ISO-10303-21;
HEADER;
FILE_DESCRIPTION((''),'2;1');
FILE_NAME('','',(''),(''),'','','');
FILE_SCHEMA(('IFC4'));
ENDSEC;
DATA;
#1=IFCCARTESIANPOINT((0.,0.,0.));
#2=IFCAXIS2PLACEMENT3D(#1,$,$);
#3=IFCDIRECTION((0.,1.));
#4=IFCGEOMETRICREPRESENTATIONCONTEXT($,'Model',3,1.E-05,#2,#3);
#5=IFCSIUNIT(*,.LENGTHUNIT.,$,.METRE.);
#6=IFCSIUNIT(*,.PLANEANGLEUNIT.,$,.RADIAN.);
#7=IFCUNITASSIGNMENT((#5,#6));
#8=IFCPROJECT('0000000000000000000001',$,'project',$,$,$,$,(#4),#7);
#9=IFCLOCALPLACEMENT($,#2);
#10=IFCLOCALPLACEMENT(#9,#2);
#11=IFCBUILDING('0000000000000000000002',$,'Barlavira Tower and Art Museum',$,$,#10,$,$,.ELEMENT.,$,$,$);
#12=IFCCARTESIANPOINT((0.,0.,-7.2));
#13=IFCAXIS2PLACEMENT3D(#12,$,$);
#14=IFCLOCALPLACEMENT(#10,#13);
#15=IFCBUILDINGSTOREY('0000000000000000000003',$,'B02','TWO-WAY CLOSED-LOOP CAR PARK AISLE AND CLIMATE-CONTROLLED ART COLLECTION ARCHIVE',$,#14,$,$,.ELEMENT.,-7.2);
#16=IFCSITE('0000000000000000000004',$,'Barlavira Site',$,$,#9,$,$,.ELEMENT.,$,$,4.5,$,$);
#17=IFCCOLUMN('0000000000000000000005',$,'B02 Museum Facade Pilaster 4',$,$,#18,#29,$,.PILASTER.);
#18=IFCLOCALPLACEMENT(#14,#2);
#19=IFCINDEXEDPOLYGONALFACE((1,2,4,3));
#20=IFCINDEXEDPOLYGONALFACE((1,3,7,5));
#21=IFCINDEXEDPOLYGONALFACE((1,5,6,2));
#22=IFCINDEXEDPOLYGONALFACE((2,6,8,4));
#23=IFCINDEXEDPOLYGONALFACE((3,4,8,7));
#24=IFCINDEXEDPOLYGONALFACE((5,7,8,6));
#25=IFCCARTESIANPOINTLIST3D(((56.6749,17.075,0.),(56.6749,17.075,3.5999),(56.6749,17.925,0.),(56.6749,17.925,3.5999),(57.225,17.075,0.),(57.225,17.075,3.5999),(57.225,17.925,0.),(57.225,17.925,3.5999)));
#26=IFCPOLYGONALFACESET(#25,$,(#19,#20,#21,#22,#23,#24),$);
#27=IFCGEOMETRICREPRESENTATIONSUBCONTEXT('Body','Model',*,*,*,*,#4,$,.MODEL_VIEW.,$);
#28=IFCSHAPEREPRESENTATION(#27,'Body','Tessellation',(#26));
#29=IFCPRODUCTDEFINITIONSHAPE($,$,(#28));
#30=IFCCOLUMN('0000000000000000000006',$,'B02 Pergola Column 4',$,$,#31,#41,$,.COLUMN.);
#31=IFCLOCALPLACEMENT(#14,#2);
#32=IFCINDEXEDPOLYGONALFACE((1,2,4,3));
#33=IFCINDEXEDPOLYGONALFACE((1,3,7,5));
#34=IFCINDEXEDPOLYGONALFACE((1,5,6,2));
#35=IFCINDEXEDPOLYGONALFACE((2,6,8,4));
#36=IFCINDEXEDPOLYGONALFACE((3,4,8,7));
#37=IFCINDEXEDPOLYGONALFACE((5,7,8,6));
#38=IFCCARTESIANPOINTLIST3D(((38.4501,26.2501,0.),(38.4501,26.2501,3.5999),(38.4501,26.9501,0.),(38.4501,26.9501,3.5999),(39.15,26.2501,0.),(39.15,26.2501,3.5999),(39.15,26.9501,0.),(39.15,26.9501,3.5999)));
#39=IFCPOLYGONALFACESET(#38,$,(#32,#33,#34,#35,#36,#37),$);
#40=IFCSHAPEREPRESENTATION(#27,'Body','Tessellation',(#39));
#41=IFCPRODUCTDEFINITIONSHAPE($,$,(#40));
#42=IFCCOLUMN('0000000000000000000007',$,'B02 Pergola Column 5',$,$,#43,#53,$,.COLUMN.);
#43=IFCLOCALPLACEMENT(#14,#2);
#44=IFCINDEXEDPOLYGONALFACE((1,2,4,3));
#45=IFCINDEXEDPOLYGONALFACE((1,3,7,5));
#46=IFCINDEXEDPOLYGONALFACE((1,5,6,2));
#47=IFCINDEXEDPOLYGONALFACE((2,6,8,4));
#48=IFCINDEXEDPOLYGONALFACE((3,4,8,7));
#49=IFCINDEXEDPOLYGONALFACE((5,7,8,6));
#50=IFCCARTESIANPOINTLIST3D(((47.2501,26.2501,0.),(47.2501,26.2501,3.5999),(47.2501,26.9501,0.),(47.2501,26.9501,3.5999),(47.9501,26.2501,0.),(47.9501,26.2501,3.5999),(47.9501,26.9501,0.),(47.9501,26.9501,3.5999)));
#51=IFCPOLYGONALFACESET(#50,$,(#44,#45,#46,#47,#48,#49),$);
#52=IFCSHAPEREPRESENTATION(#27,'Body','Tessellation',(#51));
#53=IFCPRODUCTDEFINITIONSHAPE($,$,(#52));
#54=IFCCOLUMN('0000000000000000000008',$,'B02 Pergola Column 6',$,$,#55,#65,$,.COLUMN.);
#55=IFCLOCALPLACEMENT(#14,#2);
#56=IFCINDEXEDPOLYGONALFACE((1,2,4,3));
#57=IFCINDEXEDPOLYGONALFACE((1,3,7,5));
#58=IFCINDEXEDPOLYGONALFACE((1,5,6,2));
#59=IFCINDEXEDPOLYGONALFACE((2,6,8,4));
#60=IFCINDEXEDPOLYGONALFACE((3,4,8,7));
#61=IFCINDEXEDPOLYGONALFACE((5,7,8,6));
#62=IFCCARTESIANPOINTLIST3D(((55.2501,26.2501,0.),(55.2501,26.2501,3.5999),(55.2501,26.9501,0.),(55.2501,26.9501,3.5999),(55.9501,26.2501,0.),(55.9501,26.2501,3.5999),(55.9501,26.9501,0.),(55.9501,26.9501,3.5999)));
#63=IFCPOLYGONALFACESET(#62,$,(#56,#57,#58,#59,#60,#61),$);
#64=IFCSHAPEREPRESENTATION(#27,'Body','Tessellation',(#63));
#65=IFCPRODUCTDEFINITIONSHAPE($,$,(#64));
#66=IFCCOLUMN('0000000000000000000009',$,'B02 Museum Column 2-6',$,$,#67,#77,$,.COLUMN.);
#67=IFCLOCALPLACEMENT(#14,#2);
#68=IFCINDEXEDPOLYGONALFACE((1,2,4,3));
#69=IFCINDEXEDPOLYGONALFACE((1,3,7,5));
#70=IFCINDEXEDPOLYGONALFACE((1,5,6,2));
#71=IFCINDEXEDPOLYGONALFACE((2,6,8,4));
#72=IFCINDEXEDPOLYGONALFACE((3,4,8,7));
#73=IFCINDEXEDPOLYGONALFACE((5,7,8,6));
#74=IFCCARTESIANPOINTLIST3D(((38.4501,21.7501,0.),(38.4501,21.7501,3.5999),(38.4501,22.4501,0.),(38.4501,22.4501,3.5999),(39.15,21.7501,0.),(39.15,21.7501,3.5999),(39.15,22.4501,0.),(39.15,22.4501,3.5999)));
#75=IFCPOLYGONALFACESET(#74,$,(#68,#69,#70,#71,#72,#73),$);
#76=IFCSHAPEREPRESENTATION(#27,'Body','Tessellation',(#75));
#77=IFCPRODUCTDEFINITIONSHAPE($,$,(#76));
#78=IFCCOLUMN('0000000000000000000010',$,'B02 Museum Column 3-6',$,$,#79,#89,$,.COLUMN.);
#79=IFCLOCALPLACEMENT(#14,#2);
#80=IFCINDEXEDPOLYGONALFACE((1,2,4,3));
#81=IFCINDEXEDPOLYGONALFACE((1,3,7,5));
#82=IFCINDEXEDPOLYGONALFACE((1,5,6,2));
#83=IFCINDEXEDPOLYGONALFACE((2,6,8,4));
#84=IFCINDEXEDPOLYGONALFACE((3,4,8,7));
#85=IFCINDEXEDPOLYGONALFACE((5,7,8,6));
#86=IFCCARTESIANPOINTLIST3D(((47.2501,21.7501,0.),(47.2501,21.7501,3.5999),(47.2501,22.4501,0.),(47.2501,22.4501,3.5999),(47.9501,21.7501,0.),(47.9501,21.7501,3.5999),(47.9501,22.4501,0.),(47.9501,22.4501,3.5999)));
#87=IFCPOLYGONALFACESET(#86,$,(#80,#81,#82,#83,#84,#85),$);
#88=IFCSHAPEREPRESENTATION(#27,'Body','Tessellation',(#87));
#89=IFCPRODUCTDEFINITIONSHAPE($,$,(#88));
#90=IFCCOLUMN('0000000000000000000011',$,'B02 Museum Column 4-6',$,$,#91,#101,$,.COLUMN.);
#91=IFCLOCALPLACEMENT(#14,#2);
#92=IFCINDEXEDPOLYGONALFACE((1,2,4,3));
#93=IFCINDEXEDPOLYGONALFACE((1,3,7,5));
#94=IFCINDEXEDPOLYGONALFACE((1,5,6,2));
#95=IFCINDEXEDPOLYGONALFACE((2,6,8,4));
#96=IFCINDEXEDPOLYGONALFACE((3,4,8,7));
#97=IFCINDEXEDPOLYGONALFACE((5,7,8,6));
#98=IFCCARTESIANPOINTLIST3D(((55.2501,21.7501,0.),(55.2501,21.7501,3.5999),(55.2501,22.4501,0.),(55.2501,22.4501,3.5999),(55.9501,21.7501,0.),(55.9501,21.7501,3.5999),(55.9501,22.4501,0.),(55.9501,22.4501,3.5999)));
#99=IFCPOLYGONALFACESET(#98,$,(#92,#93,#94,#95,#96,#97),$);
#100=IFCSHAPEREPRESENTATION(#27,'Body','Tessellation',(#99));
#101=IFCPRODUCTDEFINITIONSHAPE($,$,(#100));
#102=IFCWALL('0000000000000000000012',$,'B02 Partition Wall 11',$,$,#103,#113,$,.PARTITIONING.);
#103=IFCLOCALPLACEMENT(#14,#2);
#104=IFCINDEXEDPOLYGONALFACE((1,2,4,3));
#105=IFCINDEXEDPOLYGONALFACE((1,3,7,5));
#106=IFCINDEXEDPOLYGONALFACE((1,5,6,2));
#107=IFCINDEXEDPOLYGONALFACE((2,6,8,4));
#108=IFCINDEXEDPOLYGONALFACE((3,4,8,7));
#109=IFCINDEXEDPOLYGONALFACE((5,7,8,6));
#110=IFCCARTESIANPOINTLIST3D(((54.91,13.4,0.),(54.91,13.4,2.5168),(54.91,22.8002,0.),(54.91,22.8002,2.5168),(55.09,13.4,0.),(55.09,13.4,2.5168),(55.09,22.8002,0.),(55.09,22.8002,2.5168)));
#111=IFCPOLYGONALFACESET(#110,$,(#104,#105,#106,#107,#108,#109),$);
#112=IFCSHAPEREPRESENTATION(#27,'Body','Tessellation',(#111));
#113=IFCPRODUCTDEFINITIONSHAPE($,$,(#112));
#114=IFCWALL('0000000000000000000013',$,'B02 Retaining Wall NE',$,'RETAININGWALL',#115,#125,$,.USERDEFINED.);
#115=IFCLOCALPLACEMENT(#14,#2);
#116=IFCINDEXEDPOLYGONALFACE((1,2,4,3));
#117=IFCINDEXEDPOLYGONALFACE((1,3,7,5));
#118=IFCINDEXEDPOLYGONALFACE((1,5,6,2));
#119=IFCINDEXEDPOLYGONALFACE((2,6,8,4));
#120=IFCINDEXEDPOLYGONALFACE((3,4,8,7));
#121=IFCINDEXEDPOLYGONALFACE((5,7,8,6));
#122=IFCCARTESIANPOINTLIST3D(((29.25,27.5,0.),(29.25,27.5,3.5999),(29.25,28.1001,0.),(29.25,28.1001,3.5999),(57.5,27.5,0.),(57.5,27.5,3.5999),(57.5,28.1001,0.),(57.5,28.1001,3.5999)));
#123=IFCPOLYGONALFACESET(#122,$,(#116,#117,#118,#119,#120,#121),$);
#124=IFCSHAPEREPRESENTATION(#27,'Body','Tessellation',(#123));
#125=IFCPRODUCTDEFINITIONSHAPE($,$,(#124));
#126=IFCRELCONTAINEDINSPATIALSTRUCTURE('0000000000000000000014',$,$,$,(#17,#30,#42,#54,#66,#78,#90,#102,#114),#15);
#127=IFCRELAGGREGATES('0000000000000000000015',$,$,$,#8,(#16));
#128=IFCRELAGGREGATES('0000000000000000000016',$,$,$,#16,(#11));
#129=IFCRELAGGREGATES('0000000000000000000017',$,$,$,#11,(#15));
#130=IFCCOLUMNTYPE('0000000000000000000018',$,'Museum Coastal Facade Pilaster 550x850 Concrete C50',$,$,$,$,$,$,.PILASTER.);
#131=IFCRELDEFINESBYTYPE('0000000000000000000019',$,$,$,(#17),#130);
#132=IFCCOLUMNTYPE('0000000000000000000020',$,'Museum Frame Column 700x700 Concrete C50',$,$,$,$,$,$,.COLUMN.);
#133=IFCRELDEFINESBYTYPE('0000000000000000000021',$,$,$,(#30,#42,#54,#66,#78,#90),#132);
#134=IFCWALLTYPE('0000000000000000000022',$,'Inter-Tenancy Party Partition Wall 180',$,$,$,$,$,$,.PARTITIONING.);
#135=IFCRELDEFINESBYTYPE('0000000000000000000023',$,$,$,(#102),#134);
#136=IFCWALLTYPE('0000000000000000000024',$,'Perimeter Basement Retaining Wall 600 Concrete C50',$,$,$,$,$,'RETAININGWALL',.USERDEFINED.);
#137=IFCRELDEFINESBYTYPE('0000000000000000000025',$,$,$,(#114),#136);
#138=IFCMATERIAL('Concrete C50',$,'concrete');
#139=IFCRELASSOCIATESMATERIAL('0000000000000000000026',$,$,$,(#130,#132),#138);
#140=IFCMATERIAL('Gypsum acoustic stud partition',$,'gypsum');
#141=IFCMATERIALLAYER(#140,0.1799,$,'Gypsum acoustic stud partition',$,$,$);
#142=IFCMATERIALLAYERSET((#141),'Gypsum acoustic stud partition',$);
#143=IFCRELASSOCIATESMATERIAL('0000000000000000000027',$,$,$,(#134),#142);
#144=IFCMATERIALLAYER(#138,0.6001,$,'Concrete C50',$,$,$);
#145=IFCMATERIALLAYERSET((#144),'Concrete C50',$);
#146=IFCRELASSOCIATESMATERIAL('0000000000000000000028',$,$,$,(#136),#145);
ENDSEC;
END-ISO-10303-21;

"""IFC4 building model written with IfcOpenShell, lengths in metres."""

from ifc_helpers import new_model, si_unit, direction, frame, frame_2d, origin, origin_2d, place, context, subcontext, project, spatial, rectangle, extrude, material, layer, layer_set, material_profile, profile_set, type_object, element, save


model = new_model("IFC4")

# Units and contexts
model_context = context("Model", 3, precision=1e-05, world=origin(), true_north=direction((0.0, 1.0)))
body_context = subcontext(model_context, "Body", "Model", "MODEL_VIEW")
ifc_project = project(units=[si_unit("LENGTHUNIT", "METRE"), si_unit("PLANEANGLEUNIT", "RADIAN")], contexts=[model_context])

# Site, building, storey
site_placement = place(None, origin())
site = spatial("IfcSite", under=ifc_project, at=site_placement, Name="Barlavira Site", CompositionType="ELEMENT", RefElevation=4.5)
building_placement = place(site_placement, origin())
building = spatial("IfcBuilding", under=site, at=building_placement, Name="Barlavira Tower and Art Museum", CompositionType="ELEMENT")
storey_placement = place(building_placement, frame((0.0, 0.0, -7.2)))
storey = spatial("IfcBuildingStorey", under=building, at=storey_placement, Name="B02", Description="TWO-WAY CLOSED-LOOP CAR PARK AISLE AND CLIMATE-CONTROLLED ART COLLECTION ARCHIVE", CompositionType="ELEMENT", Elevation=-7.2)

# Shared definitions
ifc_material_1 = material(Name="Concrete C50", Category="concrete")

# Columns
ifc_material_profile_1 = material_profile(ifc_material_1, rectangle(XDim=0.55, YDim=0.8501, at=origin_2d()), Name="RC-PIL 550x850")
ifc_profile_set_1 = profile_set([ifc_material_profile_1], Name="Concrete C50")
column_type_1 = type_object("IfcColumnType", Name="Museum Coastal Facade Pilaster 550x850 Concrete C50", PredefinedType="PILASTER", material=ifc_profile_set_1)
column_placement = place(storey_placement, frame((56.95, 17.5, 0.0), z_axis=(0.0, 0.0, 1.0), x_axis=(1.0, 0.0, 0.0)))
element("IfcColumn", 1, at=column_placement, inside=storey, type_object=column_type_1, Name="B02 Museum Facade Pilaster 4", PredefinedType="PILASTER", context=body_context, shape_type="SweptSolid", body=[
    extrude(rectangle(XDim=0.55, YDim=0.8501, at=origin_2d()), origin(), (0.0, 0.0, 1.0), 3.5999),
])
ifc_material_profile_2 = material_profile(ifc_material_1, rectangle(XDim=0.7, YDim=0.7, at=origin_2d()), Name="RC-COL 700x700")
ifc_profile_set_2 = profile_set([ifc_material_profile_2], Name="Concrete C50")
column_type_2 = type_object("IfcColumnType", Name="Museum Frame Column 700x700 Concrete C50", PredefinedType="COLUMN", material=ifc_profile_set_2)
for number, where, z_axis, x_axis, name in (
    (2, (38.8, 26.6001, 0.0), (0.0, 0.0, 1.0), (1.0, 0.0, 0.0), "B02 Pergola Column 4"),
    (3, (47.6001, 26.6001, 0.0), (0.0, 0.0, 1.0), (1.0, 0.0, 0.0), "B02 Pergola Column 5"),
    (4, (55.6001, 26.6001, 0.0), (0.0, 0.0, 1.0), (1.0, 0.0, 0.0), "B02 Pergola Column 6"),
    (5, (38.8, 22.1001, 0.0), (0.0, 0.0, 1.0), (1.0, 0.0, 0.0), "B02 Museum Column 2-6"),
    (6, (47.6001, 22.1001, 0.0), (0.0, 0.0, 1.0), (1.0, 0.0, 0.0), "B02 Museum Column 3-6"),
    (7, (55.6001, 22.1001, 0.0), (0.0, 0.0, 1.0), (1.0, 0.0, 0.0), "B02 Museum Column 4-6"),
):
    element("IfcColumn", number, at=place(storey_placement, frame(where, z_axis=z_axis, x_axis=x_axis)), inside=storey, type_object=column_type_2, Name=name, PredefinedType="COLUMN", context=body_context, shape_type="SweptSolid", body=[
        extrude(rectangle(XDim=0.7, YDim=0.7, at=origin_2d()), origin(), (0.0, 0.0, 1.0), 3.5999),
    ])

# Walls
ifc_material_2 = material(Name="Gypsum acoustic stud partition", Category="gypsum")
ifc_layer_1 = layer(ifc_material_2, 0.1799, Name="Gypsum acoustic stud partition")
ifc_layer_set_1 = layer_set([ifc_layer_1], Name="Gypsum acoustic stud partition")
wall_type_1 = type_object("IfcWallType", Name="Inter-Tenancy Party Partition Wall 180", PredefinedType="PARTITIONING", material=ifc_layer_set_1)
wall_1_placement = place(storey_placement, frame((55.0, 13.3999, 0.0), z_axis=(0.0, 0.0, 1.0), x_axis=(0.0, 1.0, 0.0)))
element("IfcWall", 8, at=wall_1_placement, inside=storey, type_object=wall_type_1, Name="B02 Partition Wall 11", PredefinedType="PARTITIONING", context=body_context, shape_type="SweptSolid", body=[
    extrude(rectangle(XDim=9.4001, YDim=0.1799, at=frame_2d((4.7002, 0.0))), origin(), (0.0, 0.0, 1.0), 2.5168),
])
ifc_layer_2 = layer(ifc_material_1, 0.6001, Name="Concrete C50")
ifc_layer_set_2 = layer_set([ifc_layer_2], Name="Concrete C50")
wall_type_2 = type_object("IfcWallType", Name="Perimeter Basement Retaining Wall 600 Concrete C50", ElementType="RETAININGWALL", PredefinedType="USERDEFINED", material=ifc_layer_set_2)
wall_2_placement = place(storey_placement, frame((57.5, 27.8, 0.0), z_axis=(0.0, 0.0, 1.0), x_axis=(-1.0, 0.0, 0.0)))
element("IfcWall", 9, at=wall_2_placement, inside=storey, type_object=wall_type_2, Name="B02 Retaining Wall NE", ObjectType="RETAININGWALL", PredefinedType="USERDEFINED", context=body_context, shape_type="SweptSolid", body=[
    extrude(rectangle(XDim=28.25, YDim=0.6001, at=frame_2d((14.125, 0.0))), origin(), (0.0, 0.0, 1.0), 3.5999),
])

save(model, "model.ifc")
